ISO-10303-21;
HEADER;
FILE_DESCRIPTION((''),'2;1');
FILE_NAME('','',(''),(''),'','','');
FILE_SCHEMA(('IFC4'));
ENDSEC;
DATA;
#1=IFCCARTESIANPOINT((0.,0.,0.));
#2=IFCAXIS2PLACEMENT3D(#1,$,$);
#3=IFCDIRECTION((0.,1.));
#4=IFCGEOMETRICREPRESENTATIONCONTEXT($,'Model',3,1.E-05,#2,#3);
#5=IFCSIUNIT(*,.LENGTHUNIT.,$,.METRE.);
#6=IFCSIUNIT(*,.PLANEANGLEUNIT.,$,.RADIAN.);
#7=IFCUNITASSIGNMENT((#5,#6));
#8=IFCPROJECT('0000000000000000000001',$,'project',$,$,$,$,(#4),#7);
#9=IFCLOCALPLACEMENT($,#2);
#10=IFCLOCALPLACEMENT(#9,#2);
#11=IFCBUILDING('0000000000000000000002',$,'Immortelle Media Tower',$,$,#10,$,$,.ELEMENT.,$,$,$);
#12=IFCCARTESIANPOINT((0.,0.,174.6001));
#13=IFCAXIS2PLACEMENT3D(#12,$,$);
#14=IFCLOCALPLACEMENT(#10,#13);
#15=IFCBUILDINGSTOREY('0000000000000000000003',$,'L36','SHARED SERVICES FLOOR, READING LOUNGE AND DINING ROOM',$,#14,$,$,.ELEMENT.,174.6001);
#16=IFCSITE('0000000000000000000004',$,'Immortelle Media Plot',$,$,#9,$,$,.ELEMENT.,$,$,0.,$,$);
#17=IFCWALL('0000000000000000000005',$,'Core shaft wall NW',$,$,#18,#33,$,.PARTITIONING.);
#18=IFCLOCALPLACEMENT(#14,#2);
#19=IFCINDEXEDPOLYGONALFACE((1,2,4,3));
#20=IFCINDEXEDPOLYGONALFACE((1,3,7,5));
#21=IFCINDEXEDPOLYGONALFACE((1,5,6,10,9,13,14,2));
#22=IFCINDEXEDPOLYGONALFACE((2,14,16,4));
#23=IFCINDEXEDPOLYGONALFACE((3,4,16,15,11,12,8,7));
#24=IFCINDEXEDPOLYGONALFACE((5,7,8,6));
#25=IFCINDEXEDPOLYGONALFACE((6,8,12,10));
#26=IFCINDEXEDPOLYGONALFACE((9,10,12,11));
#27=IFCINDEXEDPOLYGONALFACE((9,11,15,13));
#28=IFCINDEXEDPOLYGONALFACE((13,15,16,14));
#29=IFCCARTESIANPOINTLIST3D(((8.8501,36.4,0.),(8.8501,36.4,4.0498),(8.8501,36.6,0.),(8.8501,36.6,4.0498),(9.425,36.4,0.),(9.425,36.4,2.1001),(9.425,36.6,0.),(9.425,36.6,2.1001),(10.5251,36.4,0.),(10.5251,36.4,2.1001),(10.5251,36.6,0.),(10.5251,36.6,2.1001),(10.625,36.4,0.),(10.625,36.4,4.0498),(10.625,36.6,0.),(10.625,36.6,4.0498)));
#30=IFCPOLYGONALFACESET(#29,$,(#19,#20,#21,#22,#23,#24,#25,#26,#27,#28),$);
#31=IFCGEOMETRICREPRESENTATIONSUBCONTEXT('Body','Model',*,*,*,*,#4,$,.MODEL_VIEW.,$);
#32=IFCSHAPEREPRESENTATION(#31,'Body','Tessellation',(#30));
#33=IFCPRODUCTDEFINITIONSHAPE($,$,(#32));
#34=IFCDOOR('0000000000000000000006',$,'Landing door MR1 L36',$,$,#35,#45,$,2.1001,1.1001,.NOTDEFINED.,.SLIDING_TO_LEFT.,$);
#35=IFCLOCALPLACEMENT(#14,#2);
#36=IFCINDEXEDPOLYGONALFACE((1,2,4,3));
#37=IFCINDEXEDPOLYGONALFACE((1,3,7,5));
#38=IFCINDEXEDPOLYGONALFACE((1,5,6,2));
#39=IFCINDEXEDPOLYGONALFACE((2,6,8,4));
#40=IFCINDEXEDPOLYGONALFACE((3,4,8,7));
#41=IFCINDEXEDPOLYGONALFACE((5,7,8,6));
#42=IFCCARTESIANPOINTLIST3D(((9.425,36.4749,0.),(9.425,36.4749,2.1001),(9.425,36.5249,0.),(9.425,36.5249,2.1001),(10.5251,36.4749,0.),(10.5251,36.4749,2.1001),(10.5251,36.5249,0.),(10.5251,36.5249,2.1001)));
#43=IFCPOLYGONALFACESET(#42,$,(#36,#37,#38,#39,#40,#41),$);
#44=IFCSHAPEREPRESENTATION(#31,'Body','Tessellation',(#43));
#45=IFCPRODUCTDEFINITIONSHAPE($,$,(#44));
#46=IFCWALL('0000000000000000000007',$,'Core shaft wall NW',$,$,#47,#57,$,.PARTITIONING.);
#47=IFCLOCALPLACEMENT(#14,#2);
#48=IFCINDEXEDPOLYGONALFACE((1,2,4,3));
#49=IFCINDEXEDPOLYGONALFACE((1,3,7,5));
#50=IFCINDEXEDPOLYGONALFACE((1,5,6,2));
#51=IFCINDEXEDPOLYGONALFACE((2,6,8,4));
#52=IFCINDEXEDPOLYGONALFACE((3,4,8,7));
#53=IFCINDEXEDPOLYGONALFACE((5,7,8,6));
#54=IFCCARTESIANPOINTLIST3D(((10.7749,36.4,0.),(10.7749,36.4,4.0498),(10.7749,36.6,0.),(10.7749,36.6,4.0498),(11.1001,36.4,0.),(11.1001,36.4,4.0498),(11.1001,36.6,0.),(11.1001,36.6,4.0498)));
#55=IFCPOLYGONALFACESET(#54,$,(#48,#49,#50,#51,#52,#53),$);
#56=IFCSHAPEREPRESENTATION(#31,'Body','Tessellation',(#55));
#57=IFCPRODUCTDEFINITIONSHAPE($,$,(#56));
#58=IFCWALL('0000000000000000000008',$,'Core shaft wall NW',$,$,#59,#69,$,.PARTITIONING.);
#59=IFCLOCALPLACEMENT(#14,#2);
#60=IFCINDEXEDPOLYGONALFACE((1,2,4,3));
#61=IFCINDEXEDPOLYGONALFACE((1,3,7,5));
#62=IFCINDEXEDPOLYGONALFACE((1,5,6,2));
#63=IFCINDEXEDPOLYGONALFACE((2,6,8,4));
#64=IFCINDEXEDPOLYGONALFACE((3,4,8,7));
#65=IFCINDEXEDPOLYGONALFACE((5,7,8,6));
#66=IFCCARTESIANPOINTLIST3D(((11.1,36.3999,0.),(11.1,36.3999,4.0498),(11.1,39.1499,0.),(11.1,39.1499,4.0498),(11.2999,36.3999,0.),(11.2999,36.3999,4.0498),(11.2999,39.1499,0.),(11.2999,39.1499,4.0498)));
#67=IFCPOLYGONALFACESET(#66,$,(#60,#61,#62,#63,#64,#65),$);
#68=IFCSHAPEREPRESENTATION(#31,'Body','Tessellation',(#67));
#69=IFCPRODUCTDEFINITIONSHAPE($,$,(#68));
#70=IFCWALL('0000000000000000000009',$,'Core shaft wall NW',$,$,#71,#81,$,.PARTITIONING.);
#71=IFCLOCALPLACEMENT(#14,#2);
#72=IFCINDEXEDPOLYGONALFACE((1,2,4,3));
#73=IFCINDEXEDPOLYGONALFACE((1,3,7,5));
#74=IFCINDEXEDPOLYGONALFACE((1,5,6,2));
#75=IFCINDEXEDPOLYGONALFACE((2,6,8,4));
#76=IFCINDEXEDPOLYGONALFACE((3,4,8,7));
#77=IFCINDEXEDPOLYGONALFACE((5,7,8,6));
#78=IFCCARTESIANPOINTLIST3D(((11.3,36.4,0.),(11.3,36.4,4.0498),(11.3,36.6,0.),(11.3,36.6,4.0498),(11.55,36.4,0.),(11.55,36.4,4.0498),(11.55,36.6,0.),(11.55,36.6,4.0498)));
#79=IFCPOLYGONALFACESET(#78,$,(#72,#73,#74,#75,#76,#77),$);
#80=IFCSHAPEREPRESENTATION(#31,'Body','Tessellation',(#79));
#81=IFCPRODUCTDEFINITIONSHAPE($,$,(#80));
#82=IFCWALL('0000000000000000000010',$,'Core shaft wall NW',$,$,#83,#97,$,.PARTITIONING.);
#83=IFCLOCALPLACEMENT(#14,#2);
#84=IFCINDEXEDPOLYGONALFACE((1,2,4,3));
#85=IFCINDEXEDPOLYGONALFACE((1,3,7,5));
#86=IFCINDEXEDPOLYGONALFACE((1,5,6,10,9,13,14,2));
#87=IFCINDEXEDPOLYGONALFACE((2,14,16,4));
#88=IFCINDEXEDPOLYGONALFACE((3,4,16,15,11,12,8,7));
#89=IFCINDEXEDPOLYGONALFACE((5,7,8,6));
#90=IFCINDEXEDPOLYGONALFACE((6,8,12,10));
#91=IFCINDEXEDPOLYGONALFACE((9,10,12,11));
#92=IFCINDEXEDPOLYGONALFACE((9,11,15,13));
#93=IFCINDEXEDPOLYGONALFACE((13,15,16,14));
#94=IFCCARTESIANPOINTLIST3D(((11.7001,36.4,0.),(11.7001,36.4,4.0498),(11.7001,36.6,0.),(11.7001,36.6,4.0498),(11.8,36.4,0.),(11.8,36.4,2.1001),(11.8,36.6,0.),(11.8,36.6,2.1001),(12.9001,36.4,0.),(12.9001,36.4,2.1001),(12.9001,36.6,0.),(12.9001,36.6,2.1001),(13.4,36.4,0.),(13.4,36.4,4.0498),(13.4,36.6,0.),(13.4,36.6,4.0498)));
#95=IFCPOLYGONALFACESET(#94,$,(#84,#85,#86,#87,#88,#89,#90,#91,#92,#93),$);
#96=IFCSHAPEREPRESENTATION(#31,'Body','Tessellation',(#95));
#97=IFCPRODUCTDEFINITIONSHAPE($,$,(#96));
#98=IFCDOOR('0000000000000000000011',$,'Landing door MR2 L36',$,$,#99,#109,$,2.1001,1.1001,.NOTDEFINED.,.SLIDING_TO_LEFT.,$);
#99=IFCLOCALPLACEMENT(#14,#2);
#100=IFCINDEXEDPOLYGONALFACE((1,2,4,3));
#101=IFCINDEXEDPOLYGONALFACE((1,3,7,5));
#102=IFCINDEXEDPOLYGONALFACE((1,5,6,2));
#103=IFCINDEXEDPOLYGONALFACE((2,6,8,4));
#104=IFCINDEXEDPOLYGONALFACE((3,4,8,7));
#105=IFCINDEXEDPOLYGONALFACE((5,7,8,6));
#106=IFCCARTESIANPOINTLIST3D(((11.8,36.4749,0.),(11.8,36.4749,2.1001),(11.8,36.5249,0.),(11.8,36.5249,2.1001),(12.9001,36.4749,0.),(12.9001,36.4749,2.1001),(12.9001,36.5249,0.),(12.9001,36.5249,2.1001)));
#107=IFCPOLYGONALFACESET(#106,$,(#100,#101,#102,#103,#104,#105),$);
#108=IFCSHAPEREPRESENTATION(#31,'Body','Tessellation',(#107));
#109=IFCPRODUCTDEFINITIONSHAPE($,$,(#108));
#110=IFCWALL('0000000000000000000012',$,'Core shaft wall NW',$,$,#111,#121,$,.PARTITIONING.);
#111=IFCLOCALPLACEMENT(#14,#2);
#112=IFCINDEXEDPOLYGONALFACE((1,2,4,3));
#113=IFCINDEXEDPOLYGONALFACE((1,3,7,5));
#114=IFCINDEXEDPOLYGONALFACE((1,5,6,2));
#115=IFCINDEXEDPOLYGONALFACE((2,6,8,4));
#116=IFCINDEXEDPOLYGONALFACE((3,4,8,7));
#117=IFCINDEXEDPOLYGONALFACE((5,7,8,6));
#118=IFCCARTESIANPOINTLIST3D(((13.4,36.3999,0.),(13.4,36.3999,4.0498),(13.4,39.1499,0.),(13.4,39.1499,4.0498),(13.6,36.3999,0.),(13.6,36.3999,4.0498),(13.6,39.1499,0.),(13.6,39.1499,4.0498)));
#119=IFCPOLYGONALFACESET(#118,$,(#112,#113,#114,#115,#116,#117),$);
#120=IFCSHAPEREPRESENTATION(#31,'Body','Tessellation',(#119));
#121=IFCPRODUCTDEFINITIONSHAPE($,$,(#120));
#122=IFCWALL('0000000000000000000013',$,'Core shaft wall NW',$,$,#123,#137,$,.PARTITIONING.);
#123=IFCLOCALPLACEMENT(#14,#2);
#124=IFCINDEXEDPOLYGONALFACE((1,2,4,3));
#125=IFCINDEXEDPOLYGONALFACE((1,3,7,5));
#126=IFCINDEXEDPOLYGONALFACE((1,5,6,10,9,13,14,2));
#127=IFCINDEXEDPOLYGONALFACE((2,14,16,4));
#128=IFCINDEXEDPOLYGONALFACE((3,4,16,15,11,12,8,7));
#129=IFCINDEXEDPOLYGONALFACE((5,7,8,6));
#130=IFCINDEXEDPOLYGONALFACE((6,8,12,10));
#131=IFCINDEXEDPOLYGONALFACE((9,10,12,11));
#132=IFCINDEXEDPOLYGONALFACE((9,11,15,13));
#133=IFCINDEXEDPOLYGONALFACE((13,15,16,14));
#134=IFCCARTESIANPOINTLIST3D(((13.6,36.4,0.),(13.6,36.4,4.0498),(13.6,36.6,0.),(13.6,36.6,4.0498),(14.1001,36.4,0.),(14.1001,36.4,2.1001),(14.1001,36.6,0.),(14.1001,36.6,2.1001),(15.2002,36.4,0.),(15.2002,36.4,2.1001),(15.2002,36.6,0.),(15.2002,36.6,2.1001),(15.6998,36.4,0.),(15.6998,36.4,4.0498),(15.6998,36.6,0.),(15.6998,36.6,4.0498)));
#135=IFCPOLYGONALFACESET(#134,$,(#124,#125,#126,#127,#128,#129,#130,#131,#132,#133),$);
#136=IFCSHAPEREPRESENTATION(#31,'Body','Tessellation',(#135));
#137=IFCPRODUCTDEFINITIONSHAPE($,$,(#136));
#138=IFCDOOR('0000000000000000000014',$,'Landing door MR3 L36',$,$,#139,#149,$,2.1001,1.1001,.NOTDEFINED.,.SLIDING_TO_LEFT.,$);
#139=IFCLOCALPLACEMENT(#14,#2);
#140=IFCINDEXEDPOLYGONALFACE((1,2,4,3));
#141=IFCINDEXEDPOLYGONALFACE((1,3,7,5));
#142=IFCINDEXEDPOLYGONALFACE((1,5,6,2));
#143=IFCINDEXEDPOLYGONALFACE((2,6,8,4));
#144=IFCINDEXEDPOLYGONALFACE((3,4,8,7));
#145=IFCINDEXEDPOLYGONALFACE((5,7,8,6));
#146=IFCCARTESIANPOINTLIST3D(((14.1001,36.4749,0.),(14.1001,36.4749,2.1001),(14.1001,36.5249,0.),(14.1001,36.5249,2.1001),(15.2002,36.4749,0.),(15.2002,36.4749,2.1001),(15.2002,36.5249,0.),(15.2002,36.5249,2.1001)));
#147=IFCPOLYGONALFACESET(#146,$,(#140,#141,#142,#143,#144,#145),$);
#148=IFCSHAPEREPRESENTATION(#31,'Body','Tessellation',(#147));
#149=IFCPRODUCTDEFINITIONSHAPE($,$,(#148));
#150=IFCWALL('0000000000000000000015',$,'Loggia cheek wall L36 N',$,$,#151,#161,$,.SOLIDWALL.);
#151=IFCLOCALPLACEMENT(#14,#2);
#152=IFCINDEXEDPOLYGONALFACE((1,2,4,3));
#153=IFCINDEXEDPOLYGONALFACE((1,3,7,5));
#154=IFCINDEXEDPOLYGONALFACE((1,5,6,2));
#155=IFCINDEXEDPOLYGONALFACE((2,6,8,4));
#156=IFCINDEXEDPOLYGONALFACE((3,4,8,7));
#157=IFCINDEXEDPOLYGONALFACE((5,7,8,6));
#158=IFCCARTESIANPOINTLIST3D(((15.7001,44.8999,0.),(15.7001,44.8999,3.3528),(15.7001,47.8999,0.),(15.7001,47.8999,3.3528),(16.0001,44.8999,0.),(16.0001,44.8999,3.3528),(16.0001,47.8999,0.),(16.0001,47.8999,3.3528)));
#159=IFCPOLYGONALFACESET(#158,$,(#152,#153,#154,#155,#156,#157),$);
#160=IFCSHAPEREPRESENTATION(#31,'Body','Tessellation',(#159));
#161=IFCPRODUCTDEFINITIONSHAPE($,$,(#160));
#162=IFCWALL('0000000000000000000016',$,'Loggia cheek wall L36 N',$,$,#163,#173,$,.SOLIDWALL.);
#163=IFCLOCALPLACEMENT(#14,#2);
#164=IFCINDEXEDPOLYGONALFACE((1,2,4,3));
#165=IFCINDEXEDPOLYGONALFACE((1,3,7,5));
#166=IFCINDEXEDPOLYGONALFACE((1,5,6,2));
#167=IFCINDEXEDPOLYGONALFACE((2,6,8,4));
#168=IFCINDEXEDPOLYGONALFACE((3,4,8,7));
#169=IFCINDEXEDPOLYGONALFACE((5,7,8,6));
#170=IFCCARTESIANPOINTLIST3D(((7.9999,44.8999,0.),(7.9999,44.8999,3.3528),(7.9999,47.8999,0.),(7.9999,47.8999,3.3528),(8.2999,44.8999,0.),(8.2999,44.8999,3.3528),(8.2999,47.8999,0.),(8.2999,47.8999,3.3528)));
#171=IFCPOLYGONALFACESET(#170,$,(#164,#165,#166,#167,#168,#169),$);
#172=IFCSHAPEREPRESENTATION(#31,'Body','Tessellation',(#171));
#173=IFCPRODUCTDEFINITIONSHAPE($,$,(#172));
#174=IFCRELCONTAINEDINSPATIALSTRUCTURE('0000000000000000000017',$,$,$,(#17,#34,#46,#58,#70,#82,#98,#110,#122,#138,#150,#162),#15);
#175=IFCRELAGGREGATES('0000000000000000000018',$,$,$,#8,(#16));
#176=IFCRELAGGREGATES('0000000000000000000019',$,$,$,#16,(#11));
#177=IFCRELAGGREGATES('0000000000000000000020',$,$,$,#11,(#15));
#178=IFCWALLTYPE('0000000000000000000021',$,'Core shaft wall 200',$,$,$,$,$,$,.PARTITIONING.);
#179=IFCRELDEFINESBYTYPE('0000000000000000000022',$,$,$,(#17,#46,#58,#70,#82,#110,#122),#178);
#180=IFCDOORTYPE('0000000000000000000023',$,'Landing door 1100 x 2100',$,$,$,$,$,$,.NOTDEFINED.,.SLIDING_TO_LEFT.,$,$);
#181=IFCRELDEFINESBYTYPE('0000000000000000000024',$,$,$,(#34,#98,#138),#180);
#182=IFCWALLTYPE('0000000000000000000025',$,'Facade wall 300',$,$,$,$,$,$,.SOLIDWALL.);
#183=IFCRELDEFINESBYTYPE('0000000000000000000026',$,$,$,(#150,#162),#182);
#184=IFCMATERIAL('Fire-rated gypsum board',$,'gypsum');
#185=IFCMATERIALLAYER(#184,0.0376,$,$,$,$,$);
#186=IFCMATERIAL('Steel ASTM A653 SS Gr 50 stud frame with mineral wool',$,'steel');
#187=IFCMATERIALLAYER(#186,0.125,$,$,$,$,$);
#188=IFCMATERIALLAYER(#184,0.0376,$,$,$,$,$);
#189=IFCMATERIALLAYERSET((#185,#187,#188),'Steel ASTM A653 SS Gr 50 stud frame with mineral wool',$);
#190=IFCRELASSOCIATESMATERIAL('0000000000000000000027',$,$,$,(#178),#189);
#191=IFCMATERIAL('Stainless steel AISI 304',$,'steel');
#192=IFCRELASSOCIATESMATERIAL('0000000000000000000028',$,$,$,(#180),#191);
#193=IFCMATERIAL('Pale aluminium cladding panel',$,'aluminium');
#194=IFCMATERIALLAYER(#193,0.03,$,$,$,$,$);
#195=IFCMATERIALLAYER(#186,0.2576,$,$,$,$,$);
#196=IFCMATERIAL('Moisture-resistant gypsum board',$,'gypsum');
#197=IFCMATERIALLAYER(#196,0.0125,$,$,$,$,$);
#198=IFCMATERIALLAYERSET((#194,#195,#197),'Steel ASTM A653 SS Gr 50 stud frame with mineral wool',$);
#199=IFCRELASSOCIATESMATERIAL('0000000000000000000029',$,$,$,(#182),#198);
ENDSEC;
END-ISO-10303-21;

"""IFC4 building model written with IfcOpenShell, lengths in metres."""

from ifc_helpers import new_model, si_unit, direction, frame, frame_2d, origin, place, context, subcontext, project, spatial, rectangle, extrude, material, layer, layer_set, type_object, element, fill, save


model = new_model("IFC4")

# Units and contexts
model_context = context("Model", 3, precision=1e-05, world=origin(), true_north=direction((0.0, 1.0)))
body_context = subcontext(model_context, "Body", "Model", "MODEL_VIEW")
ifc_project = project(units=[si_unit("LENGTHUNIT", "METRE"), si_unit("PLANEANGLEUNIT", "RADIAN")], contexts=[model_context])

# Site, building, storey
site_placement = place(None, origin())
site = spatial("IfcSite", under=ifc_project, at=site_placement, Name="Immortelle Media Plot", CompositionType="ELEMENT", RefElevation=0.0)
building_placement = place(site_placement, origin())
building = spatial("IfcBuilding", under=site, at=building_placement, Name="Immortelle Media Tower", CompositionType="ELEMENT")
storey_placement = place(building_placement, frame((0.0, 0.0, 174.6001)))
storey = spatial("IfcBuildingStorey", under=building, at=storey_placement, Name="L36", Description="SHARED SERVICES FLOOR, READING LOUNGE AND DINING ROOM", CompositionType="ELEMENT", Elevation=174.6001)

# Shared definitions
ifc_material_1 = material(Name="Fire-rated gypsum board", Category="gypsum")
ifc_material_2 = material(Name="Steel ASTM A653 SS Gr 50 stud frame with mineral wool", Category="steel")

# Wall, opening, door
ifc_layer_1 = layer(ifc_material_1, 0.0376)
ifc_layer_2 = layer(ifc_material_2, 0.125)
ifc_layer_3 = layer(ifc_material_1, 0.0376)
ifc_layer_set_1 = layer_set([ifc_layer_1, ifc_layer_2, ifc_layer_3], Name="Steel ASTM A653 SS Gr 50 stud frame with mineral wool")
wall_type_1 = type_object("IfcWallType", Name="Core shaft wall 200", PredefinedType="PARTITIONING", material=ifc_layer_set_1)
wall_1_placement = place(storey_placement, frame((8.8501, 36.5, 0.0), z_axis=(0.0, 0.0, 1.0), x_axis=(1.0, 0.0, 0.0)))
wall_1 = element("IfcWall", 1, at=wall_1_placement, inside=storey, type_object=wall_type_1, Name="Core shaft wall NW", PredefinedType="PARTITIONING", context=body_context, shape_type="SweptSolid", body=[
    extrude(rectangle(XDim=1.7749, YDim=0.2, at=frame_2d((0.8875, 0.0))), origin(), (0.0, 0.0, 1.0), 4.0498),
])
opening_1_placement = place(wall_1_placement, frame((0.575, 0.0, 0.0)))
opening_1 = element("IfcOpeningElement", 2, at=opening_1_placement, cuts=wall_1, PredefinedType="OPENING", context=body_context, shape_type="SweptSolid", body=[
    extrude(rectangle(XDim=1.1001, YDim=2.1001, at=frame_2d((0.55, 1.05))), frame((0.0, 0.1099, 0.0), z_axis=(0.0, -1.0, 0.0), x_axis=(1.0, 0.0, 0.0)), (0.0, 0.0, 1.0), 0.22),
])
ifc_material_3 = material(Name="Stainless steel AISI 304", Category="steel")
door_type_1 = type_object("IfcDoorType", Name="Landing door 1100 x 2100", OperationType="SLIDING_TO_LEFT", PredefinedType="NOTDEFINED", material=ifc_material_3)
door_1_placement = place(opening_1_placement, origin())
door_1 = element("IfcDoor", 3, at=door_1_placement, inside=storey, type_object=door_type_1, Name="Landing door MR1 L36", OperationType="SLIDING_TO_LEFT", OverallHeight=2.1001, OverallWidth=1.1001, PredefinedType="NOTDEFINED", context=body_context, shape_type="SweptSolid", body=[
    extrude(rectangle(XDim=1.1001, YDim=2.1001, at=frame_2d((0.55, 1.05))), frame((0.0, 0.0249, 0.0), z_axis=(0.0, -1.0, 0.0), x_axis=(1.0, 0.0, 0.0)), (0.0, 0.0, 1.0), 0.05),
])
fill(opening_1, door_1)

# Walls
wall_2_placement = place(storey_placement, frame((10.7749, 36.5, 0.0), z_axis=(0.0, 0.0, 1.0), x_axis=(1.0, 0.0, 0.0)))
element("IfcWall", 4, at=wall_2_placement, inside=storey, type_object=wall_type_1, Name="Core shaft wall NW", PredefinedType="PARTITIONING", context=body_context, shape_type="SweptSolid", body=[
    extrude(rectangle(XDim=0.3252, YDim=0.2, at=frame_2d((0.1626, 0.0))), origin(), (0.0, 0.0, 1.0), 4.0498),
])
wall_3_placement = place(storey_placement, frame((11.2, 36.3999, 0.0), z_axis=(0.0, 0.0, 1.0), x_axis=(0.0, 1.0, 0.0)))
element("IfcWall", 5, at=wall_3_placement, inside=storey, type_object=wall_type_1, Name="Core shaft wall NW", PredefinedType="PARTITIONING", context=body_context, shape_type="SweptSolid", body=[
    extrude(rectangle(XDim=2.75, YDim=0.2, at=frame_2d((1.375, 0.0))), origin(), (0.0, 0.0, 1.0), 4.0498),
])
wall_4_placement = place(storey_placement, frame((11.3, 36.5, 0.0), z_axis=(0.0, 0.0, 1.0), x_axis=(1.0, 0.0, 0.0)))
element("IfcWall", 6, at=wall_4_placement, inside=storey, type_object=wall_type_1, Name="Core shaft wall NW", PredefinedType="PARTITIONING", context=body_context, shape_type="SweptSolid", body=[
    extrude(rectangle(XDim=0.25, YDim=0.2, at=frame_2d((0.125, 0.0))), origin(), (0.0, 0.0, 1.0), 4.0498),
])

# Wall, opening, door
wall_5_placement = place(storey_placement, frame((11.7, 36.5, 0.0), z_axis=(0.0, 0.0, 1.0), x_axis=(1.0, 0.0, 0.0)))
wall_5 = element("IfcWall", 7, at=wall_5_placement, inside=storey, type_object=wall_type_1, Name="Core shaft wall NW", PredefinedType="PARTITIONING", context=body_context, shape_type="SweptSolid", body=[
    extrude(rectangle(XDim=1.7, YDim=0.2, at=frame_2d((0.8501, 0.0))), origin(), (0.0, 0.0, 1.0), 4.0498),
])
opening_2_placement = place(wall_5_placement, frame((0.1001, 0.0, 0.0)))
opening_2 = element("IfcOpeningElement", 8, at=opening_2_placement, cuts=wall_5, PredefinedType="OPENING", context=body_context, shape_type="SweptSolid", body=[
    extrude(rectangle(XDim=1.1001, YDim=2.1001, at=frame_2d((0.55, 1.05))), frame((0.0, 0.1099, 0.0), z_axis=(0.0, -1.0, 0.0), x_axis=(1.0, 0.0, 0.0)), (0.0, 0.0, 1.0), 0.22),
])
door_2_placement = place(opening_2_placement, origin())
door_2 = element("IfcDoor", 9, at=door_2_placement, inside=storey, type_object=door_type_1, Name="Landing door MR2 L36", OperationType="SLIDING_TO_LEFT", OverallHeight=2.1001, OverallWidth=1.1001, PredefinedType="NOTDEFINED", context=body_context, shape_type="SweptSolid", body=[
    extrude(rectangle(XDim=1.1001, YDim=2.1001, at=frame_2d((0.55, 1.05))), frame((0.0, 0.0249, 0.0), z_axis=(0.0, -1.0, 0.0), x_axis=(1.0, 0.0, 0.0)), (0.0, 0.0, 1.0), 0.05),
])
fill(opening_2, door_2)

# Wall
wall_6_placement = place(storey_placement, frame((13.5, 36.3999, 0.0), z_axis=(0.0, 0.0, 1.0), x_axis=(0.0, 1.0, 0.0)))
element("IfcWall", 10, at=wall_6_placement, inside=storey, type_object=wall_type_1, Name="Core shaft wall NW", PredefinedType="PARTITIONING", context=body_context, shape_type="SweptSolid", body=[
    extrude(rectangle(XDim=2.75, YDim=0.2, at=frame_2d((1.375, 0.0))), origin(), (0.0, 0.0, 1.0), 4.0498),
])

# Wall, opening, door
wall_7_placement = place(storey_placement, frame((13.6001, 36.5, 0.0), z_axis=(0.0, 0.0, 1.0), x_axis=(1.0, 0.0, 0.0)))
wall_7 = element("IfcWall", 11, at=wall_7_placement, inside=storey, type_object=wall_type_1, Name="Core shaft wall NW", PredefinedType="PARTITIONING", context=body_context, shape_type="SweptSolid", body=[
    extrude(rectangle(XDim=2.0999, YDim=0.2, at=frame_2d((1.0498, 0.0))), origin(), (0.0, 0.0, 1.0), 4.0498),
])
opening_3_placement = place(wall_7_placement, frame((0.5, 0.0, 0.0)))
opening_3 = element("IfcOpeningElement", 12, at=opening_3_placement, cuts=wall_7, PredefinedType="OPENING", context=body_context, shape_type="SweptSolid", body=[
    extrude(rectangle(XDim=1.1001, YDim=2.1001, at=frame_2d((0.55, 1.05))), frame((0.0, 0.1099, 0.0), z_axis=(0.0, -1.0, 0.0), x_axis=(1.0, 0.0, 0.0)), (0.0, 0.0, 1.0), 0.22),
])
door_3_placement = place(opening_3_placement, origin())
door_3 = element("IfcDoor", 13, at=door_3_placement, inside=storey, type_object=door_type_1, Name="Landing door MR3 L36", OperationType="SLIDING_TO_LEFT", OverallHeight=2.1001, OverallWidth=1.1001, PredefinedType="NOTDEFINED", context=body_context, shape_type="SweptSolid", body=[
    extrude(rectangle(XDim=1.1001, YDim=2.1001, at=frame_2d((0.55, 1.05))), frame((0.0, 0.0249, 0.0), z_axis=(0.0, -1.0, 0.0), x_axis=(1.0, 0.0, 0.0)), (0.0, 0.0, 1.0), 0.05),
])
fill(opening_3, door_3)

# Shared definitions
ifc_material_4 = material(Name="Pale aluminium cladding panel", Category="aluminium")
ifc_layer_4 = layer(ifc_material_4, 0.03)
ifc_layer_5 = layer(ifc_material_2, 0.2576)
ifc_material_5 = material(Name="Moisture-resistant gypsum board", Category="gypsum")
ifc_layer_6 = layer(ifc_material_5, 0.0125)
ifc_layer_set_2 = layer_set([ifc_layer_4, ifc_layer_5, ifc_layer_6], Name="Steel ASTM A653 SS Gr 50 stud frame with mineral wool")
wall_type_2 = type_object("IfcWallType", Name="Facade wall 300", PredefinedType="SOLIDWALL", material=ifc_layer_set_2)

# Walls
for number, where, z_axis, x_axis, name in (
    (14, (15.8501, 47.8999, 0.0), (0.0, 0.0, 1.0), (0.0, -1.0, 0.0), "Loggia cheek wall L36 N"),
    (15, (8.1499, 47.8999, 0.0), (0.0, 0.0, 1.0), (0.0, -1.0, 0.0), "Loggia cheek wall L36 N"),
):
    element("IfcWall", number, at=place(storey_placement, frame(where, z_axis=z_axis, x_axis=x_axis)), inside=storey, type_object=wall_type_2, Name=name, PredefinedType="SOLIDWALL", context=body_context, shape_type="SweptSolid", body=[
        extrude(rectangle(XDim=3.0, YDim=0.3, at=frame_2d((1.5, 0.0))), origin(), (0.0, 0.0, 1.0), 3.3528),
    ])

save(model, "model.ifc")
